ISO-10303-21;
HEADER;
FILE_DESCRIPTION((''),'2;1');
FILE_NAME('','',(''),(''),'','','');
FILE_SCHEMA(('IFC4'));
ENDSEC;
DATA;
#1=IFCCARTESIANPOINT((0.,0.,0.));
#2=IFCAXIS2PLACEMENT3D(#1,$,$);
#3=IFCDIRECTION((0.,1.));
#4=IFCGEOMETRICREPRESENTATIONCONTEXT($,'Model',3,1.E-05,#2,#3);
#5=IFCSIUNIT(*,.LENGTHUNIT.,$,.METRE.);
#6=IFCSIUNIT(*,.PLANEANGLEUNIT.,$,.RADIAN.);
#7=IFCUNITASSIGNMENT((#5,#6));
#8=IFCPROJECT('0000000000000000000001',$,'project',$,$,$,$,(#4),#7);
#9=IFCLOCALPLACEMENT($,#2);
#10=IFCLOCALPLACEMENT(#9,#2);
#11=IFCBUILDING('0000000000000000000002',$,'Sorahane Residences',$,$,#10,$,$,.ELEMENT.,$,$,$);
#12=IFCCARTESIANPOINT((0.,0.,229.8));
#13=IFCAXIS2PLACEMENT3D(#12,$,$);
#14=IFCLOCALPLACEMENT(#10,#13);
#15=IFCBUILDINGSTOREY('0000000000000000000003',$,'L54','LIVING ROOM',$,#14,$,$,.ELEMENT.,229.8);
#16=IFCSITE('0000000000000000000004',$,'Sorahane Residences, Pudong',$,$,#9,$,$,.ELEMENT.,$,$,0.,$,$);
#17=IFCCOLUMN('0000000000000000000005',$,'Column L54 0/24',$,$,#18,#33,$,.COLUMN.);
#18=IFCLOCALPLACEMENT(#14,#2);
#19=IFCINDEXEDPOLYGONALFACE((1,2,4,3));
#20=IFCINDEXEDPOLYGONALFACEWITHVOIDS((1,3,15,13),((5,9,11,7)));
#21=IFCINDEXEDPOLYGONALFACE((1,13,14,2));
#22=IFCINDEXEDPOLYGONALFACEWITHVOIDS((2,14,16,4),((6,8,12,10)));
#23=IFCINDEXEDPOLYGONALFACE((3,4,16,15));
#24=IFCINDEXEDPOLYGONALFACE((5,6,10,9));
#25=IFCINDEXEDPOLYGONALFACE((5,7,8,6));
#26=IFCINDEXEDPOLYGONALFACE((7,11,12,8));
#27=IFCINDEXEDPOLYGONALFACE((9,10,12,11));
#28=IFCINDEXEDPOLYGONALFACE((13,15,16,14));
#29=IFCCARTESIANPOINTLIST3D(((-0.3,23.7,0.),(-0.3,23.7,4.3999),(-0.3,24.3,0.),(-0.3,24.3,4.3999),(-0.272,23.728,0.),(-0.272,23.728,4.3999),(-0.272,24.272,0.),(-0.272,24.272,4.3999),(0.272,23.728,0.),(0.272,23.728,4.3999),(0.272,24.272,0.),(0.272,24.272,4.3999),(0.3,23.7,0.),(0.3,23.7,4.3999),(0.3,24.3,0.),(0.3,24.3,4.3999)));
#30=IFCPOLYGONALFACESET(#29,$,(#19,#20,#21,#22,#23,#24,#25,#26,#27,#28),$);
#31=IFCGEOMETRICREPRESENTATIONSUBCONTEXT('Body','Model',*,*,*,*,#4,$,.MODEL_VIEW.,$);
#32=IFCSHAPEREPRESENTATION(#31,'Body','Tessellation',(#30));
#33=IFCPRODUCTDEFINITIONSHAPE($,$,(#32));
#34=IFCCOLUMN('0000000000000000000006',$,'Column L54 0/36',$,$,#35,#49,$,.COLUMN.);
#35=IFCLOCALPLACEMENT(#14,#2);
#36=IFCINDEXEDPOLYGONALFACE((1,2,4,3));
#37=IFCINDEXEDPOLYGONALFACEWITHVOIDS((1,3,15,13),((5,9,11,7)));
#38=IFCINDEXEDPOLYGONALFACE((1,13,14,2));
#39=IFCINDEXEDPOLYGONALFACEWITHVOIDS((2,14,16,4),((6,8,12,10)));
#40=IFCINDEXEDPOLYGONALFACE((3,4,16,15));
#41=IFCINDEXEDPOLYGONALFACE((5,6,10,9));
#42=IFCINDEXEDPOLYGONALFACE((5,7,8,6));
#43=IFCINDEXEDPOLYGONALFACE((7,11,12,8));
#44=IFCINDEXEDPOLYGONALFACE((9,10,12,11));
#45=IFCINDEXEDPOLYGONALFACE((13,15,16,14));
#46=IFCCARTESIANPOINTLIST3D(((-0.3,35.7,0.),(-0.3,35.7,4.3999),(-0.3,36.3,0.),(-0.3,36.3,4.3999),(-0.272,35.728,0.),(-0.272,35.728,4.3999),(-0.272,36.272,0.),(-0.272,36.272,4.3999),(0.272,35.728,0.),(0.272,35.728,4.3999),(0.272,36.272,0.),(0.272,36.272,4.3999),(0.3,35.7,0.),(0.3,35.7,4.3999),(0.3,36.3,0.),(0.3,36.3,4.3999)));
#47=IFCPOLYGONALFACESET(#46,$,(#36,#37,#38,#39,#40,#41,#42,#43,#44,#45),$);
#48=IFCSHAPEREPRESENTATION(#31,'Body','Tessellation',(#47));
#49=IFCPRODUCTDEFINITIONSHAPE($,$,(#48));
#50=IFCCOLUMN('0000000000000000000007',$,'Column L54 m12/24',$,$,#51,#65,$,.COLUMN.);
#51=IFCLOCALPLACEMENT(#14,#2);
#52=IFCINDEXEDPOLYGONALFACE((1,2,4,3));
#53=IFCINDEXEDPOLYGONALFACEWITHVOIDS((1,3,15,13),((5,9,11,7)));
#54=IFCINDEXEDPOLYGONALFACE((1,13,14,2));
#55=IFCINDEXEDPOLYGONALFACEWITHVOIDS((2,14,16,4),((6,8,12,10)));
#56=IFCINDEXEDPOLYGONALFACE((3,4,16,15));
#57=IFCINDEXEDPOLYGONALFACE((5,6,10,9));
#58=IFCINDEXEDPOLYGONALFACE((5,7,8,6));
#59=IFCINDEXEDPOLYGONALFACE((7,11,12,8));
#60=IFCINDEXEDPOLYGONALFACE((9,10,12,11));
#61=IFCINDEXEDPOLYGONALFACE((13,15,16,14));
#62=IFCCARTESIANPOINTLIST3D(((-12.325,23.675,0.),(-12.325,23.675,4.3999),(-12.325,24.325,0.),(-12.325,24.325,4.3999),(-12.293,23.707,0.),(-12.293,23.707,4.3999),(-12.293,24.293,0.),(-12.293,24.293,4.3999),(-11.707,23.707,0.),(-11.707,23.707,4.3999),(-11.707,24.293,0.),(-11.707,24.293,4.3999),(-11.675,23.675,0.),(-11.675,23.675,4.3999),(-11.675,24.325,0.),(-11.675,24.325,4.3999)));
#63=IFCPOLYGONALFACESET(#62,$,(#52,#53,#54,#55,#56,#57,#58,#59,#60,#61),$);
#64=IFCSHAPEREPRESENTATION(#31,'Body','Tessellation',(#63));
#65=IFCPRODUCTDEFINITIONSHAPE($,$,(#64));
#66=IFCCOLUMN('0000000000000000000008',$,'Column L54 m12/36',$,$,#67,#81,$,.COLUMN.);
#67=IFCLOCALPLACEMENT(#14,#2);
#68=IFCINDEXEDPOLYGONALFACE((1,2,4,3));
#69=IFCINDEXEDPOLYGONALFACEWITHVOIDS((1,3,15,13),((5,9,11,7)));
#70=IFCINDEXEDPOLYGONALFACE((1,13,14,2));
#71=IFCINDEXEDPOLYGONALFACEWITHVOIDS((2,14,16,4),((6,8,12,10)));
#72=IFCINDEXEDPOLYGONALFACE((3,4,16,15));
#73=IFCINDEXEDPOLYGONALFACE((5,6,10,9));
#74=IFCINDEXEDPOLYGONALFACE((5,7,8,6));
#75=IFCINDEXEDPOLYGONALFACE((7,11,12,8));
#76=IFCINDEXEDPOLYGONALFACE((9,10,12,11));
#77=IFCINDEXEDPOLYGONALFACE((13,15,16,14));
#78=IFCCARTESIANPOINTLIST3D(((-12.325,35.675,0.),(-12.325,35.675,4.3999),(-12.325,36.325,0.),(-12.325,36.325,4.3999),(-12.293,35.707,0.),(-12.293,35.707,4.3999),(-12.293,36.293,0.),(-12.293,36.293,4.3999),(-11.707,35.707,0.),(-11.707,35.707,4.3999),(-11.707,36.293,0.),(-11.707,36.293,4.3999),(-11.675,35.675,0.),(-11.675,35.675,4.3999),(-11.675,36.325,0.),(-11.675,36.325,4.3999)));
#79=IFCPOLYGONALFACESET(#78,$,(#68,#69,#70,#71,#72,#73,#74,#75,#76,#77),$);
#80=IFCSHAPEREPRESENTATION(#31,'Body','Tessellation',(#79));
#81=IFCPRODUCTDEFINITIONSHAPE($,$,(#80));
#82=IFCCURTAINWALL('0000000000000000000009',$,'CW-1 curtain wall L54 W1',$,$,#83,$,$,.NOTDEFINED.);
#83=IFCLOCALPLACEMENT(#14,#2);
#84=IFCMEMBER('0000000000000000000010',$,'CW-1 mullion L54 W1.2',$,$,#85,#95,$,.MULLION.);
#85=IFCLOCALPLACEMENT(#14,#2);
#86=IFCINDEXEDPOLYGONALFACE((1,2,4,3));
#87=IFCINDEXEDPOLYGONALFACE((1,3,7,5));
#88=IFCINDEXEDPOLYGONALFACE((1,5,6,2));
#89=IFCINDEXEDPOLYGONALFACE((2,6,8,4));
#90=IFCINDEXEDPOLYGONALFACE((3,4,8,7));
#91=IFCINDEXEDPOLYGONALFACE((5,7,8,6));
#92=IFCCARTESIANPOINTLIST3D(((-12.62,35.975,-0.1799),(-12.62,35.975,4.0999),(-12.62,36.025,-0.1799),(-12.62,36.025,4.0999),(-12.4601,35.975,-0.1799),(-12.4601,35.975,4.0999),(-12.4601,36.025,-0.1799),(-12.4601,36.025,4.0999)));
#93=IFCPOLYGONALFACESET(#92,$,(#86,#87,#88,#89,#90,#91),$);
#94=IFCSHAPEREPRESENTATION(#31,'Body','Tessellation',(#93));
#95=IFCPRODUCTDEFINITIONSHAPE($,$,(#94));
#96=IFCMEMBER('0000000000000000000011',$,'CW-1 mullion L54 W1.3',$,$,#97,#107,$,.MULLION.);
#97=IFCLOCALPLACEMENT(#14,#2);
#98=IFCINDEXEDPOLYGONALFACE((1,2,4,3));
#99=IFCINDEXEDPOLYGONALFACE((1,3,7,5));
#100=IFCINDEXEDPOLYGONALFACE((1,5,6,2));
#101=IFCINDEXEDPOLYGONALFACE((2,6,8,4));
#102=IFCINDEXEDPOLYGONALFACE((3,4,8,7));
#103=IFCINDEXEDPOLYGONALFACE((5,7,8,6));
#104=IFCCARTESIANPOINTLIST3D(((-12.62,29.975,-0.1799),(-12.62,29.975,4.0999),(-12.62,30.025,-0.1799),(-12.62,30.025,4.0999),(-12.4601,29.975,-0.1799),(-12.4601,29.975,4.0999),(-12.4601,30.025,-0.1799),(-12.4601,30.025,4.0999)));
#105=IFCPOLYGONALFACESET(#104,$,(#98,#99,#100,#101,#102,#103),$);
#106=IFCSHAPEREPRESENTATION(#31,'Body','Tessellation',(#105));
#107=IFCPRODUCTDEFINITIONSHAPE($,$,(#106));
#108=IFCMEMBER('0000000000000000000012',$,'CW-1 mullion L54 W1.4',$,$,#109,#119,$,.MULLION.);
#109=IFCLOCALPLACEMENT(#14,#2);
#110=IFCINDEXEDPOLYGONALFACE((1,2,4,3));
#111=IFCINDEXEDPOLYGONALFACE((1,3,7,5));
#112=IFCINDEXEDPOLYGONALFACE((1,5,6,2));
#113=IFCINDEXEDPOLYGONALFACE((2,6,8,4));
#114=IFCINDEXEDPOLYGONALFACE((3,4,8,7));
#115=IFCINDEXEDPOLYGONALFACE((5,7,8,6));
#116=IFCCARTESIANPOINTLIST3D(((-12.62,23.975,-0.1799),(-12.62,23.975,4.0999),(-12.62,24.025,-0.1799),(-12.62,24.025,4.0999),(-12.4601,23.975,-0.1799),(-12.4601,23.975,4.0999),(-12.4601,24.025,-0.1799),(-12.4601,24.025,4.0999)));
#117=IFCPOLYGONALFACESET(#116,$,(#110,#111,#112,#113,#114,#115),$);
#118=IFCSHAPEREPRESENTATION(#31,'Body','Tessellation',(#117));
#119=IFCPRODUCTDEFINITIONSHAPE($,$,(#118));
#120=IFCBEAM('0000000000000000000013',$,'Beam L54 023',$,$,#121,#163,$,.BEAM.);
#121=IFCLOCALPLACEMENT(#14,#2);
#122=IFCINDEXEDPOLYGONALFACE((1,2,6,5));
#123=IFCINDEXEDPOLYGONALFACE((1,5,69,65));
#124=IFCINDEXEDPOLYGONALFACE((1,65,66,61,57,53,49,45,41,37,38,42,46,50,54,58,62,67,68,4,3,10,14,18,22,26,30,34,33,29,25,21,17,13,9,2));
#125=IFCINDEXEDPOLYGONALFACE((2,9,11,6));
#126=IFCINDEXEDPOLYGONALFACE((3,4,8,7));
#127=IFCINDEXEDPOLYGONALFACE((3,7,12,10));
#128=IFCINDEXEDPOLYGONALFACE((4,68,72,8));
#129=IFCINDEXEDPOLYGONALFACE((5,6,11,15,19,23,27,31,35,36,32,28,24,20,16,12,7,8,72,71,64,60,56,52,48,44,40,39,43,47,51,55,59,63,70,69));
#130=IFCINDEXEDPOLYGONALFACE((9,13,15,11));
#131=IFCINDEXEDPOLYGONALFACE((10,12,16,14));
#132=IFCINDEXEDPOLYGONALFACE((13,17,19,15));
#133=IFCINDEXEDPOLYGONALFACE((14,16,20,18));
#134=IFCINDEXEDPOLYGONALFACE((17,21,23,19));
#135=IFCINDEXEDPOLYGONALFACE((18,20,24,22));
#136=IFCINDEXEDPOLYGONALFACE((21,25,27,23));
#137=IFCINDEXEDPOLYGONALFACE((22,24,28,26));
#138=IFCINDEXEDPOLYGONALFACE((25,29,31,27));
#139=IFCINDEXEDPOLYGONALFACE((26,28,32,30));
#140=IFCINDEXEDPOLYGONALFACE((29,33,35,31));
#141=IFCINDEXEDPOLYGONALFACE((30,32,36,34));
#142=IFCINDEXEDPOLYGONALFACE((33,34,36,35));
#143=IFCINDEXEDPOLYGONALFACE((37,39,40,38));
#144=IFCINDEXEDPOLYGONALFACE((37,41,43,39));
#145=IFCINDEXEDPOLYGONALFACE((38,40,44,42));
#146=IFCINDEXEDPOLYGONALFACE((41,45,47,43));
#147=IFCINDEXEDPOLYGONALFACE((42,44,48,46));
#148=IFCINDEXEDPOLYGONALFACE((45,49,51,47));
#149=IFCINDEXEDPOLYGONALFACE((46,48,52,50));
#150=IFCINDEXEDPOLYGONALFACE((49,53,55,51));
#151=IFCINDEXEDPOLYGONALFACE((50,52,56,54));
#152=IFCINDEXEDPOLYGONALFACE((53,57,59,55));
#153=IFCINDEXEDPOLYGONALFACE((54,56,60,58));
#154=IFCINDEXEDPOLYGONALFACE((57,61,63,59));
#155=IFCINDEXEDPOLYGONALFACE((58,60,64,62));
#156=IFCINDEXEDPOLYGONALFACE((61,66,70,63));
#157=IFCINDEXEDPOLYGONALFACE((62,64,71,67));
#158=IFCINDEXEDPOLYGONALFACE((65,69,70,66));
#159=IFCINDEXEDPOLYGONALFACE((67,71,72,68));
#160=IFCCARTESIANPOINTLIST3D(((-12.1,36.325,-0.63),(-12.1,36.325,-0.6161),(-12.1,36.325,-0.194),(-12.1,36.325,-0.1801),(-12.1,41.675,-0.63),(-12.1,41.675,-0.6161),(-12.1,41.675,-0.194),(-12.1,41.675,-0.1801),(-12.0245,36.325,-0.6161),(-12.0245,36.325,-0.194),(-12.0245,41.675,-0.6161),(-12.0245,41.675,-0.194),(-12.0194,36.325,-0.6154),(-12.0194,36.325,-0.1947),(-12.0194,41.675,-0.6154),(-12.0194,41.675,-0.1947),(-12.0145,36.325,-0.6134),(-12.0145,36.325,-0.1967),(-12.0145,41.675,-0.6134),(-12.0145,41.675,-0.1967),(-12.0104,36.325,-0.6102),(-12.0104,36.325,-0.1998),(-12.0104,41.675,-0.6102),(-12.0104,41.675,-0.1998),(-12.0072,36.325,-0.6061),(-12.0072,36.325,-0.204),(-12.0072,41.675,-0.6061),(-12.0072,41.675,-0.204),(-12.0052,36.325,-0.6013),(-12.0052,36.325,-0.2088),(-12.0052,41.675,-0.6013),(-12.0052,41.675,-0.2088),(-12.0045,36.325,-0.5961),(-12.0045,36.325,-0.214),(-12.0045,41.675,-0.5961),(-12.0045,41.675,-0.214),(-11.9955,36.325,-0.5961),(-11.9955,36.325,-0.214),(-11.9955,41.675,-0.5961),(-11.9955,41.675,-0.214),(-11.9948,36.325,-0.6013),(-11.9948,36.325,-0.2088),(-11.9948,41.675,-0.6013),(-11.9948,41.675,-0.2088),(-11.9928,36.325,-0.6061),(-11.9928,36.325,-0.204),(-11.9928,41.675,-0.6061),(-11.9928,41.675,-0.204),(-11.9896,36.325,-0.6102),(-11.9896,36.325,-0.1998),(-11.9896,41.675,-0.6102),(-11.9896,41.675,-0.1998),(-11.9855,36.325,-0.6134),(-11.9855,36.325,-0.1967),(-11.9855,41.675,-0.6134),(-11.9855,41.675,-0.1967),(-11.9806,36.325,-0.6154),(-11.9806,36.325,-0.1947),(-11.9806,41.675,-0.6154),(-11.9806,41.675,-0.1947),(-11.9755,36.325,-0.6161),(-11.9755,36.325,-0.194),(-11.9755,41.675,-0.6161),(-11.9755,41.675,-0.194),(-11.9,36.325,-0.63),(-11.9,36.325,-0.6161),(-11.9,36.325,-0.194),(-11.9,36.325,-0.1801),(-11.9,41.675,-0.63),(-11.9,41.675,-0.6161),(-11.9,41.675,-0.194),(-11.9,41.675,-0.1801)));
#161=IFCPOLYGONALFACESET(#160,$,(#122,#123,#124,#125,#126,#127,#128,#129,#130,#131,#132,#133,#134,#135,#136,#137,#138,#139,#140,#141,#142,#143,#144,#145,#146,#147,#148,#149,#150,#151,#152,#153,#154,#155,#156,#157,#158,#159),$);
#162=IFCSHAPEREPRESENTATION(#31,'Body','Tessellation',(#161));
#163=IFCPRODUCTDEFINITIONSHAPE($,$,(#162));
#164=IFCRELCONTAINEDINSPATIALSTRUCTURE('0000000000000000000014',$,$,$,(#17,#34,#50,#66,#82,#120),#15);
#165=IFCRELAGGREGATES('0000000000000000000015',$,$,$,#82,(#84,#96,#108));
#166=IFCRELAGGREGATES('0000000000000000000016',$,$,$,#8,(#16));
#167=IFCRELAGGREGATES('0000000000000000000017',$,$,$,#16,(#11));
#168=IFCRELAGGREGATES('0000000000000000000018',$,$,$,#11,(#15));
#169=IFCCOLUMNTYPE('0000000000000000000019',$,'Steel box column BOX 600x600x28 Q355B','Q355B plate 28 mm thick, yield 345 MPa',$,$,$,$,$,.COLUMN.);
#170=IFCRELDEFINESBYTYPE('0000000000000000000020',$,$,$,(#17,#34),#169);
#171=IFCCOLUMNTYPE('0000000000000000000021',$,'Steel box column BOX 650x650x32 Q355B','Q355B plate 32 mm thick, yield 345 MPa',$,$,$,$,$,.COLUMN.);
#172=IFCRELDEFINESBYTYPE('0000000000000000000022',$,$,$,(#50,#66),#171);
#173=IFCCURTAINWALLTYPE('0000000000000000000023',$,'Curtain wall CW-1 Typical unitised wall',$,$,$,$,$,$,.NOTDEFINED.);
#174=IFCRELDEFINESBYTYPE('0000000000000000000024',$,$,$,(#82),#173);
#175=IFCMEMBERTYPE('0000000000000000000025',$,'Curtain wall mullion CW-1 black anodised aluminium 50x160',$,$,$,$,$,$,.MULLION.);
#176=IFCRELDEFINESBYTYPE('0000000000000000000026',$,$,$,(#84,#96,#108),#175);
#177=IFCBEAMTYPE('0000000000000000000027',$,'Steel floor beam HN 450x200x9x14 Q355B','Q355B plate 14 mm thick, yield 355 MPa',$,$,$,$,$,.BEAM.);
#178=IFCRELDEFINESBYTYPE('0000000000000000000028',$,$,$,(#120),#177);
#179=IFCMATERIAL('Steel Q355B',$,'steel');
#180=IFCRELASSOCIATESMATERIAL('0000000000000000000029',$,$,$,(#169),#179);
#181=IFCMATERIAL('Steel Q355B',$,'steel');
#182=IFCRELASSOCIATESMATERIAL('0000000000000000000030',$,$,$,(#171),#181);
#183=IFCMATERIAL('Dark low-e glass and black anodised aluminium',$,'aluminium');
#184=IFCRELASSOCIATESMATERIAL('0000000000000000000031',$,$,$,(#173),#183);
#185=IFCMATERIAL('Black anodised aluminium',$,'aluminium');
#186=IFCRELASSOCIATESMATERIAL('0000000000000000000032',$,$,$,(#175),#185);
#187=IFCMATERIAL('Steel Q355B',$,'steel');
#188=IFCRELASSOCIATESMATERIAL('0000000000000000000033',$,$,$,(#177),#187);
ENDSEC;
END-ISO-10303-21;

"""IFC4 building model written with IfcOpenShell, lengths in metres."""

from ifc_helpers import new_model, si_unit, direction, frame, origin, origin_2d, place, context, subcontext, project, spatial, rectangle, hollow_rectangle, i_section, extrude, material, material_profile, profile_set, type_object, element, aggregate, save


model = new_model("IFC4")

# Units and contexts
model_context = context("Model", 3, precision=1e-05, world=origin(), true_north=direction((0.0, 1.0)))
body_context = subcontext(model_context, "Body", "Model", "MODEL_VIEW")
ifc_project = project(units=[si_unit("LENGTHUNIT", "METRE"), si_unit("PLANEANGLEUNIT", "RADIAN")], contexts=[model_context])

# Site, building, storey
site_placement = place(None, origin())
site = spatial("IfcSite", under=ifc_project, at=site_placement, Name="Sorahane Residences, Pudong", CompositionType="ELEMENT", RefElevation=0.0)
building_placement = place(site_placement, origin())
building = spatial("IfcBuilding", under=site, at=building_placement, Name="Sorahane Residences", CompositionType="ELEMENT")
storey_placement = place(building_placement, frame((0.0, 0.0, 229.8)))
storey = spatial("IfcBuildingStorey", under=building, at=storey_placement, Name="L54", Description="LIVING ROOM", CompositionType="ELEMENT", Elevation=229.8)

# Columns
ifc_material_1 = material(Name="Steel Q355B", Category="steel")
ifc_material_profile_1 = material_profile(ifc_material_1, hollow_rectangle(XDim=0.6001, YDim=0.6001, WallThickness=0.0281, at=origin_2d()), Name="BOX 600x600x28")
ifc_profile_set_1 = profile_set([ifc_material_profile_1], Name="Steel Q355B")
column_type_1 = type_object("IfcColumnType", Name="Steel box column BOX 600x600x28 Q355B", Description="Q355B plate 28 mm thick, yield 345 MPa", PredefinedType="COLUMN", material=ifc_profile_set_1)
for number, where, z_axis, x_axis, name in (
    (1, (0.0, 24.0, 0.0), (0.0, 0.0, 1.0), (1.0, 0.0, 0.0), "Column L54 0/24"),
    (2, (0.0, 36.0, 0.0), (0.0, 0.0, 1.0), (1.0, 0.0, 0.0), "Column L54 0/36"),
):
    element("IfcColumn", number, at=place(storey_placement, frame(where, z_axis=z_axis, x_axis=x_axis)), inside=storey, type_object=column_type_1, Name=name, PredefinedType="COLUMN", context=body_context, shape_type="SweptSolid", body=[
        extrude(hollow_rectangle(XDim=0.6001, YDim=0.6001, WallThickness=0.0281, at=origin_2d()), origin(), (0.0, 0.0, 1.0), 4.3999),
    ])
ifc_material_2 = material(Name="Steel Q355B", Category="steel")
ifc_material_profile_2 = material_profile(ifc_material_2, hollow_rectangle(XDim=0.6499, YDim=0.6499, WallThickness=0.032, at=origin_2d()), Name="BOX 650x650x32")
ifc_profile_set_2 = profile_set([ifc_material_profile_2], Name="Steel Q355B")
column_type_2 = type_object("IfcColumnType", Name="Steel box column BOX 650x650x32 Q355B", Description="Q355B plate 32 mm thick, yield 345 MPa", PredefinedType="COLUMN", material=ifc_profile_set_2)
for number, where, z_axis, x_axis, name in (
    (3, (-12.0, 24.0, 0.0), (0.0, 0.0, 1.0), (1.0, 0.0, 0.0), "Column L54 m12/24"),
    (4, (-12.0, 36.0, 0.0), (0.0, 0.0, 1.0), (1.0, 0.0, 0.0), "Column L54 m12/36"),
):
    element("IfcColumn", number, at=place(storey_placement, frame(where, z_axis=z_axis, x_axis=x_axis)), inside=storey, type_object=column_type_2, Name=name, PredefinedType="COLUMN", context=body_context, shape_type="SweptSolid", body=[
        extrude(hollow_rectangle(XDim=0.6499, YDim=0.6499, WallThickness=0.032, at=origin_2d()), origin(), (0.0, 0.0, 1.0), 4.3999),
    ])

# Curtain wall, members
ifc_material_3 = material(Name="Dark low-e glass and black anodised aluminium", Category="aluminium")
curtain_wall_type = type_object("IfcCurtainWallType", Name="Curtain wall CW-1 Typical unitised wall", PredefinedType="NOTDEFINED", material=ifc_material_3)
curtain_wall_placement = place(storey_placement, origin())
curtain_wall = element("IfcCurtainWall", 5, at=curtain_wall_placement, inside=storey, type_object=curtain_wall_type, Name="CW-1 curtain wall L54 W1", PredefinedType="NOTDEFINED")
ifc_material_4 = material(Name="Black anodised aluminium", Category="aluminium")
ifc_material_profile_3 = material_profile(ifc_material_4, rectangle(XDim=0.1599, YDim=0.05, at=origin_2d()), Name="Curtain wall mullion CW-1 black anodised aluminium 50x160")
ifc_profile_set_3 = profile_set([ifc_material_profile_3], Name="Black anodised aluminium")
member_type = type_object("IfcMemberType", Name="Curtain wall mullion CW-1 black anodised aluminium 50x160", PredefinedType="MULLION", material=ifc_profile_set_3)
member_1_placement = place(storey_placement, frame((-12.54, 36.0, -0.1799), z_axis=(0.0, 0.0, 1.0), x_axis=(-1.0, 0.0, 0.0)))
member_1 = element("IfcMember", 6, at=member_1_placement, type_object=member_type, Name="CW-1 mullion L54 W1.2", PredefinedType="MULLION", context=body_context, shape_type="SweptSolid", body=[
    extrude(rectangle(XDim=0.1599, YDim=0.05, at=origin_2d()), origin(), (0.0, 0.0, 1.0), 4.2798),
])
member_2_placement = place(storey_placement, frame((-12.54, 30.0, -0.1799), z_axis=(0.0, 0.0, 1.0), x_axis=(-1.0, 0.0, 0.0)))
member_2 = element("IfcMember", 7, at=member_2_placement, type_object=member_type, Name="CW-1 mullion L54 W1.3", PredefinedType="MULLION", context=body_context, shape_type="SweptSolid", body=[
    extrude(rectangle(XDim=0.1599, YDim=0.05, at=origin_2d()), origin(), (0.0, 0.0, 1.0), 4.2798),
])
member_3_placement = place(storey_placement, frame((-12.54, 24.0, -0.1799), z_axis=(0.0, 0.0, 1.0), x_axis=(-1.0, 0.0, 0.0)))
member_3 = element("IfcMember", 8, at=member_3_placement, type_object=member_type, Name="CW-1 mullion L54 W1.4", PredefinedType="MULLION", context=body_context, shape_type="SweptSolid", body=[
    extrude(rectangle(XDim=0.1599, YDim=0.05, at=origin_2d()), origin(), (0.0, 0.0, 1.0), 4.2798),
])

# Beam
ifc_material_5 = material(Name="Steel Q355B", Category="steel")
ifc_material_profile_4 = material_profile(ifc_material_5, i_section(OverallWidth=0.2, OverallDepth=0.45, WebThickness=0.009, FlangeThickness=0.0139, FilletRadius=0.02, at=origin_2d()), Name="HN 450x200x9x14")
ifc_profile_set_4 = profile_set([ifc_material_profile_4], Name="Steel Q355B")
beam_type_1 = type_object("IfcBeamType", Name="Steel floor beam HN 450x200x9x14 Q355B", Description="Q355B plate 14 mm thick, yield 355 MPa", PredefinedType="BEAM", material=ifc_profile_set_4)
beam_1_placement = place(storey_placement, frame((-12.0, 36.325, -0.405), z_axis=(0.0, 1.0, 0.0), x_axis=(-1.0, 0.0, 0.0)))
element("IfcBeam", 9, at=beam_1_placement, inside=storey, type_object=beam_type_1, Name="Beam L54 023", PredefinedType="BEAM", context=body_context, shape_type="SweptSolid", body=[
    extrude(i_section(OverallWidth=0.2, OverallDepth=0.45, WebThickness=0.009, FlangeThickness=0.0139, FilletRadius=0.02, at=origin_2d()), origin(), (0.0, 0.0, 1.0), 5.3501),
])

aggregate(curtain_wall, [member_1, member_2, member_3])

save(model, "model.ifc")
